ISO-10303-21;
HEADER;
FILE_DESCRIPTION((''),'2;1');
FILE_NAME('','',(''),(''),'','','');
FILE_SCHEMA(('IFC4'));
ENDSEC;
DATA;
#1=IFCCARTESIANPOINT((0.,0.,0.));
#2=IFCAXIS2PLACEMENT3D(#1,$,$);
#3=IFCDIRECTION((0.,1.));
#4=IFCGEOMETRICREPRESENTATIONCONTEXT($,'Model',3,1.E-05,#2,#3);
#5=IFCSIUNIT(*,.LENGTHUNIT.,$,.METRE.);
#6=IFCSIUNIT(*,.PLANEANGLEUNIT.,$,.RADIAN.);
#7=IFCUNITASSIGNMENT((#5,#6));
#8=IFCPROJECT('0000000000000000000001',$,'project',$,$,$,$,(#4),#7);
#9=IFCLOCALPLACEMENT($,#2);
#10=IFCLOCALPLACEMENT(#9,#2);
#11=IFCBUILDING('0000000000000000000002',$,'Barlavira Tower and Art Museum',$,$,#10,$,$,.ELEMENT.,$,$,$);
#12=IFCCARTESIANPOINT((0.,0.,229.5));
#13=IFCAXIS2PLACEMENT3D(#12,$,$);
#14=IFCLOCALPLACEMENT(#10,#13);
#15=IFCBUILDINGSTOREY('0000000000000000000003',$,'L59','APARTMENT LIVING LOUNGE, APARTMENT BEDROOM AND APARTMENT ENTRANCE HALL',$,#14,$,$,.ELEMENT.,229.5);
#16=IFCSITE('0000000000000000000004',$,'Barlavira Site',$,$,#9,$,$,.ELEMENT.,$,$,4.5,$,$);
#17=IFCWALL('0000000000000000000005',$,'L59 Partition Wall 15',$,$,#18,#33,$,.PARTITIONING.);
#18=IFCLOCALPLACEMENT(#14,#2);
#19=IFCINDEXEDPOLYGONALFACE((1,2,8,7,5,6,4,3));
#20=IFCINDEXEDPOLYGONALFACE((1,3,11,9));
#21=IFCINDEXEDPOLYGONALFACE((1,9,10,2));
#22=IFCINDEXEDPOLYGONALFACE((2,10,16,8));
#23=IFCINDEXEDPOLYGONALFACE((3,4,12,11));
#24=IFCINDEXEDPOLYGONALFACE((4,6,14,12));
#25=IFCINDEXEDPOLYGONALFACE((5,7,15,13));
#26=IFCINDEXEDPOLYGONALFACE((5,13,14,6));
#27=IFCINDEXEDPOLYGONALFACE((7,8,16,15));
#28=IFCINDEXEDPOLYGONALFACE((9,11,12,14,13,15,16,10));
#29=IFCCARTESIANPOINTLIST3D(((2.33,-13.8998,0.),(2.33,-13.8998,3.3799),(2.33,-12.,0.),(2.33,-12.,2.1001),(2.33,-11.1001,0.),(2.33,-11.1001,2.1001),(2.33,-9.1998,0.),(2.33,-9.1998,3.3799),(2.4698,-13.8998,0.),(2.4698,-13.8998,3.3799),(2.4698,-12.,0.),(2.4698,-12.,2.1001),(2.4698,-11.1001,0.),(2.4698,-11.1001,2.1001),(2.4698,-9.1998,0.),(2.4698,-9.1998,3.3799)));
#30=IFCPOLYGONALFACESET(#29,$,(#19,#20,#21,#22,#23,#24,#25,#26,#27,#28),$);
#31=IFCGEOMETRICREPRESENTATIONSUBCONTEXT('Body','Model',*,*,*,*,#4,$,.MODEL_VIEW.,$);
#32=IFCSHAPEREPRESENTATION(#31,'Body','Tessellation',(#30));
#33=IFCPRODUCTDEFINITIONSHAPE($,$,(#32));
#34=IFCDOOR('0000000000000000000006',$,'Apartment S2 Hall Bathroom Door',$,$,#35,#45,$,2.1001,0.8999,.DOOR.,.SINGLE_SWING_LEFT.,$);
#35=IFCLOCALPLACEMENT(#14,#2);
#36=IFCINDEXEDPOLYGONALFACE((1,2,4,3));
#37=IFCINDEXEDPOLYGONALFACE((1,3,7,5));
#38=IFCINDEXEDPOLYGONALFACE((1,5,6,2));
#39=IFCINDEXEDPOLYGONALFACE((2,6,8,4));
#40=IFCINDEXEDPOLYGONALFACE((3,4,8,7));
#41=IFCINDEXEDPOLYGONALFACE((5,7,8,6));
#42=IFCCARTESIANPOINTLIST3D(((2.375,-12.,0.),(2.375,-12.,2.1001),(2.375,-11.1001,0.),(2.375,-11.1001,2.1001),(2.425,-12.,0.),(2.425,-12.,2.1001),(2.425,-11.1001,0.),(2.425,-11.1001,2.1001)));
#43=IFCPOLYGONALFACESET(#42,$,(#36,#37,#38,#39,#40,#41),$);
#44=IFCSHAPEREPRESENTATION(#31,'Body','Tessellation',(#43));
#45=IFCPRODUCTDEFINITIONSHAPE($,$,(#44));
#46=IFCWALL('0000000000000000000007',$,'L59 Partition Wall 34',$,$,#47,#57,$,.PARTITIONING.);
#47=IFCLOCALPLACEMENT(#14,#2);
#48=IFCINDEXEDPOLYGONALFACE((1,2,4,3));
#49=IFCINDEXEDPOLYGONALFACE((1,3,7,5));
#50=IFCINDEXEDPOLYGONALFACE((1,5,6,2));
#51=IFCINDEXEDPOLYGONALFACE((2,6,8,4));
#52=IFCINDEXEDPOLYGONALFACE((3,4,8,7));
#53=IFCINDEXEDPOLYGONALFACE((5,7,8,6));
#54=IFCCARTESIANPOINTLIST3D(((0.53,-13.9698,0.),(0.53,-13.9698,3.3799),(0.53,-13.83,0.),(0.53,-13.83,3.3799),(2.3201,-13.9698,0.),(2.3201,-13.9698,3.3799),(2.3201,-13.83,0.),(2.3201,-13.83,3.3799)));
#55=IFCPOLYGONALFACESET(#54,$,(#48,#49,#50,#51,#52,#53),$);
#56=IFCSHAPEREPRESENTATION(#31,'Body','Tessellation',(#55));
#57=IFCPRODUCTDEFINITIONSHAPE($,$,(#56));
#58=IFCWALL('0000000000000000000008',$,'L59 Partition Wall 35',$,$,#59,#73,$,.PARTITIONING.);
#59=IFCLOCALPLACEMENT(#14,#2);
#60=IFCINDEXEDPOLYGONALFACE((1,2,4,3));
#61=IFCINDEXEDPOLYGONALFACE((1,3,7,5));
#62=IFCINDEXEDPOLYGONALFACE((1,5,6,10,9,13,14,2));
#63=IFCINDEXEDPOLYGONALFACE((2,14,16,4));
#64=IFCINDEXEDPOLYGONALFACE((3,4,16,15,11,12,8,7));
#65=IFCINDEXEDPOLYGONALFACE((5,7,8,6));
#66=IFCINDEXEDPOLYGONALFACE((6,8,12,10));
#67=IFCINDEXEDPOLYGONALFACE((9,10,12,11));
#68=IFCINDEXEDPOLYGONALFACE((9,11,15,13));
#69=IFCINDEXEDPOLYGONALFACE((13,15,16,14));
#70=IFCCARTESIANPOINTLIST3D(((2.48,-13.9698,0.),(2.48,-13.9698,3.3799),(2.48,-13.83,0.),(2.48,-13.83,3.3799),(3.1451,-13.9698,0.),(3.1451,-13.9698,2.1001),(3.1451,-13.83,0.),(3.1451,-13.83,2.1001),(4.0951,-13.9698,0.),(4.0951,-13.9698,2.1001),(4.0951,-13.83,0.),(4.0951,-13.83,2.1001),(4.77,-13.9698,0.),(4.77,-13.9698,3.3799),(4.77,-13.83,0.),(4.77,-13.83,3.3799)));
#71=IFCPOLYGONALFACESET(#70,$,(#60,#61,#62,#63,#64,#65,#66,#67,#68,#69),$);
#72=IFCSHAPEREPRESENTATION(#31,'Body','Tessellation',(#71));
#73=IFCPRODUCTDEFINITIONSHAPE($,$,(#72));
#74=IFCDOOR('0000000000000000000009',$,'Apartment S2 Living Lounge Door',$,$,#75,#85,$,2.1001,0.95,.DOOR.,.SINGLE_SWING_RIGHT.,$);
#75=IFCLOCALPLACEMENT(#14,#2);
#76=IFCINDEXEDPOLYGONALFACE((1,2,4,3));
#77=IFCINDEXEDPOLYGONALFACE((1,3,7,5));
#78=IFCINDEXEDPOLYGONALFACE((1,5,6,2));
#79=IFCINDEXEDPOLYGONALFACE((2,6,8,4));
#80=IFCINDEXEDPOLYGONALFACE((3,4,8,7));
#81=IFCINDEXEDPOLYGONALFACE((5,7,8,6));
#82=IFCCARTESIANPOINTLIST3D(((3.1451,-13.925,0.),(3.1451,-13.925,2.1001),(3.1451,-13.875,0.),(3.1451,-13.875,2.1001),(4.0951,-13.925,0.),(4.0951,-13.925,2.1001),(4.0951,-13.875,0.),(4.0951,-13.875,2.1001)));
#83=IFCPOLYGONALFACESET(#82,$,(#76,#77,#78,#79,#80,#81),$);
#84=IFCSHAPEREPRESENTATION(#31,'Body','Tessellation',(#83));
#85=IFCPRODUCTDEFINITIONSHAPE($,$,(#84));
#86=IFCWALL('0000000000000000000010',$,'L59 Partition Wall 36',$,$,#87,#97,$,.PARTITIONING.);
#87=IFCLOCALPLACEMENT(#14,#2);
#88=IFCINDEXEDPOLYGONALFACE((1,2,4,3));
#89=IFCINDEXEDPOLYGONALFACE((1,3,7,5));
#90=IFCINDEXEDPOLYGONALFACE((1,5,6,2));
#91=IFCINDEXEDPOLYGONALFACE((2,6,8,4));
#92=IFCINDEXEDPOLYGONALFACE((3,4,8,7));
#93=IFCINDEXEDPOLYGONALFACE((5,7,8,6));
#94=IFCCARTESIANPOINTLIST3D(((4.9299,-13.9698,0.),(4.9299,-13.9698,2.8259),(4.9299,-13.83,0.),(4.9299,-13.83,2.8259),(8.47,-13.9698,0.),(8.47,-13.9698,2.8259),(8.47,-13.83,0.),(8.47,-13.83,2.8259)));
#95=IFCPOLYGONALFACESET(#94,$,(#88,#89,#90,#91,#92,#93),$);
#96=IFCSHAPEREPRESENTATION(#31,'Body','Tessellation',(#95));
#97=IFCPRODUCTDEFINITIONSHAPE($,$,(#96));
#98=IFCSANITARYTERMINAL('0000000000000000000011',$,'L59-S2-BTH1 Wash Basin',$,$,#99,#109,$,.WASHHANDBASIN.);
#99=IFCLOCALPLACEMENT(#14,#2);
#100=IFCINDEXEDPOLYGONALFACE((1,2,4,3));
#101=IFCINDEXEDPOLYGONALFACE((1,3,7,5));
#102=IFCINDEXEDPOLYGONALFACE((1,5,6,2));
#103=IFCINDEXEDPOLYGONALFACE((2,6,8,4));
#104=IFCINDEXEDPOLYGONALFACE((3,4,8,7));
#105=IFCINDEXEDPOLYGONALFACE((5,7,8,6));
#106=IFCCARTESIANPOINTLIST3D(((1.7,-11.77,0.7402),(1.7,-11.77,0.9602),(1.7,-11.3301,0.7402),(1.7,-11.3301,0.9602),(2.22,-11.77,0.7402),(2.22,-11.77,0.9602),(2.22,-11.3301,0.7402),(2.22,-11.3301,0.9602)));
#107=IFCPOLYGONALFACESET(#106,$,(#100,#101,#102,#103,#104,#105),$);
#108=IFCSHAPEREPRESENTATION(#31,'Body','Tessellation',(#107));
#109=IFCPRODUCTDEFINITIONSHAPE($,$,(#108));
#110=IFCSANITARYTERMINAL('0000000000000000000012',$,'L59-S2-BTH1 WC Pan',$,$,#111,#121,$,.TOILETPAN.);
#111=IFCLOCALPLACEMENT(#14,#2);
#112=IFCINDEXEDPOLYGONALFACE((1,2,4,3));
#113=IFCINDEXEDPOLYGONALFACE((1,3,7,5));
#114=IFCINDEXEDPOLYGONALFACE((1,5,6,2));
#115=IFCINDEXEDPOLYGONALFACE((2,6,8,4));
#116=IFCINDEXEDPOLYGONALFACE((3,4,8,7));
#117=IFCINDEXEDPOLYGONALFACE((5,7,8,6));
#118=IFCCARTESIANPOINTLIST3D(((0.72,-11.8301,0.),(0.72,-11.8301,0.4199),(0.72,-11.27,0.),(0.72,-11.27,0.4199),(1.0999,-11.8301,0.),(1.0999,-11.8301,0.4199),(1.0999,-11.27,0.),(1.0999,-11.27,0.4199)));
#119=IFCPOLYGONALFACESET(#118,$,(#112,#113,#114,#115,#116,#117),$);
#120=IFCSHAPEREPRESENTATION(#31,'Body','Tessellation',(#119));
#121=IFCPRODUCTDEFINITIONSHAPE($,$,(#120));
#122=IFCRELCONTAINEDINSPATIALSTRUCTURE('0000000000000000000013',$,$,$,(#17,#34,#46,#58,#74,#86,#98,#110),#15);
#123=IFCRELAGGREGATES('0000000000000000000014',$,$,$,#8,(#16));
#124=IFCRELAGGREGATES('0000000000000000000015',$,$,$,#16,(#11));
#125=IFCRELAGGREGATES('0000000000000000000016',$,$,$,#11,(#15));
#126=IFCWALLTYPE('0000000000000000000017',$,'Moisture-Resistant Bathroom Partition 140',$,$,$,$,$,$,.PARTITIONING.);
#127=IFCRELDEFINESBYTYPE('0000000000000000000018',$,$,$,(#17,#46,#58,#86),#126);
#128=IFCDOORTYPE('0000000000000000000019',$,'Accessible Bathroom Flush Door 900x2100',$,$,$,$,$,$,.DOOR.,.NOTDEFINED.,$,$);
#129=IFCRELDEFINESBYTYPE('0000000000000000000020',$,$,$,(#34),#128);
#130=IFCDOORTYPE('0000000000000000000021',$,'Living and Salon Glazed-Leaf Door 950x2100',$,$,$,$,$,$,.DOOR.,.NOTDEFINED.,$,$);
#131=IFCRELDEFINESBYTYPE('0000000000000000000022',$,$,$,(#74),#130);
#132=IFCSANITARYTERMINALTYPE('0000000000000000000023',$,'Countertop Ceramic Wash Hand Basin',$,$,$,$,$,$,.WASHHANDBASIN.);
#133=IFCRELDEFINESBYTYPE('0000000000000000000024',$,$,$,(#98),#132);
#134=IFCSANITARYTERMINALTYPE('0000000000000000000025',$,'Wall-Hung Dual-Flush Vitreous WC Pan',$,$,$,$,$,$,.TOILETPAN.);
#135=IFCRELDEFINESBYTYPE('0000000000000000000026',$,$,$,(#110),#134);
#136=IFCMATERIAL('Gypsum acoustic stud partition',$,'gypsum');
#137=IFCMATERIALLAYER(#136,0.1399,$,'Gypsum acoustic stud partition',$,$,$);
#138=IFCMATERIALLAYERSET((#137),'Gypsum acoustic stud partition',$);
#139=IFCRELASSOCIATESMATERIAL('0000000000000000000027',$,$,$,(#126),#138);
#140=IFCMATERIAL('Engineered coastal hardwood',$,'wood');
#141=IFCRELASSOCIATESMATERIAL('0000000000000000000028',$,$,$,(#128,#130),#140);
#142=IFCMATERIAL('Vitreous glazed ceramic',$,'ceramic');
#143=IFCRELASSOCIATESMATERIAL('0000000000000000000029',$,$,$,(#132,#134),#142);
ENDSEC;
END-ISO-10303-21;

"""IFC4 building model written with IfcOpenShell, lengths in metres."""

from ifc_helpers import new_model, si_unit, direction, frame, frame_2d, origin, origin_2d, place, context, subcontext, project, spatial, rectangle, extrude, material, layer, layer_set, type_object, element, fill, save


model = new_model("IFC4")

# Units and contexts
model_context = context("Model", 3, precision=1e-05, world=origin(), true_north=direction((0.0, 1.0)))
body_context = subcontext(model_context, "Body", "Model", "MODEL_VIEW")
ifc_project = project(units=[si_unit("LENGTHUNIT", "METRE"), si_unit("PLANEANGLEUNIT", "RADIAN")], contexts=[model_context])

# Site, building, storey
site_placement = place(None, origin())
site = spatial("IfcSite", under=ifc_project, at=site_placement, Name="Barlavira Site", CompositionType="ELEMENT", RefElevation=4.5)
building_placement = place(site_placement, origin())
building = spatial("IfcBuilding", under=site, at=building_placement, Name="Barlavira Tower and Art Museum", CompositionType="ELEMENT")
storey_placement = place(building_placement, frame((0.0, 0.0, 229.5)))
storey = spatial("IfcBuildingStorey", under=building, at=storey_placement, Name="L59", Description="APARTMENT LIVING LOUNGE, APARTMENT BEDROOM AND APARTMENT ENTRANCE HALL", CompositionType="ELEMENT", Elevation=229.5)

# Shared definitions
ifc_material_1 = material(Name="Gypsum acoustic stud partition", Category="gypsum")
ifc_material_2 = material(Name="Engineered coastal hardwood", Category="wood")

# Wall, opening, door
ifc_layer_1 = layer(ifc_material_1, 0.1399, Name="Gypsum acoustic stud partition")
ifc_layer_set_1 = layer_set([ifc_layer_1], Name="Gypsum acoustic stud partition")
wall_type_1 = type_object("IfcWallType", Name="Moisture-Resistant Bathroom Partition 140", PredefinedType="PARTITIONING", material=ifc_layer_set_1)
wall_1_placement = place(storey_placement, frame((2.3999, -13.8999, 0.0), z_axis=(0.0, 0.0, 1.0), x_axis=(0.0, 1.0, 0.0)))
wall_1 = element("IfcWall", 1, at=wall_1_placement, inside=storey, type_object=wall_type_1, Name="L59 Partition Wall 15", PredefinedType="PARTITIONING", context=body_context, shape_type="SweptSolid", body=[
    extrude(rectangle(XDim=4.7, YDim=0.1399, at=frame_2d((2.3501, 0.0))), origin(), (0.0, 0.0, 1.0), 3.3799),
])
opening_1_placement = place(wall_1_placement, frame((1.8999, 0.0, 0.0)))
opening_1 = element("IfcOpeningElement", 2, at=opening_1_placement, cuts=wall_1, PredefinedType="OPENING", context=body_context, shape_type="SweptSolid", body=[
    extrude(rectangle(XDim=0.8999, YDim=2.1001, at=frame_2d((0.45, 1.05))), frame((0.0, 0.0801, 0.0), z_axis=(0.0, -1.0, 0.0), x_axis=(1.0, 0.0, 0.0)), (0.0, 0.0, 1.0), 0.1599),
])
door_type_1 = type_object("IfcDoorType", Name="Accessible Bathroom Flush Door 900x2100", OperationType="NOTDEFINED", PredefinedType="DOOR", material=ifc_material_2)
door_1_placement = place(opening_1_placement, origin())
door_1 = element("IfcDoor", 3, at=door_1_placement, inside=storey, type_object=door_type_1, Name="Apartment S2 Hall Bathroom Door", OperationType="SINGLE_SWING_LEFT", OverallHeight=2.1001, OverallWidth=0.8999, PredefinedType="DOOR", context=body_context, shape_type="SweptSolid", body=[
    extrude(rectangle(XDim=0.8999, YDim=2.1001, at=frame_2d((0.45, 1.05))), frame((0.0, 0.0249, 0.0), z_axis=(0.0, -1.0, 0.0), x_axis=(1.0, 0.0, 0.0)), (0.0, 0.0, 1.0), 0.05),
])
fill(opening_1, door_1)

# Wall
wall_2_placement = place(storey_placement, frame((0.53, -13.8999, 0.0), z_axis=(0.0, 0.0, 1.0), x_axis=(1.0, 0.0, 0.0)))
element("IfcWall", 4, at=wall_2_placement, inside=storey, type_object=wall_type_1, Name="L59 Partition Wall 34", PredefinedType="PARTITIONING", context=body_context, shape_type="SweptSolid", body=[
    extrude(rectangle(XDim=1.79, YDim=0.1399, at=frame_2d((0.895, 0.0))), origin(), (0.0, 0.0, 1.0), 3.3799),
])

# Wall, opening, door
wall_3_placement = place(storey_placement, frame((2.48, -13.8999, 0.0), z_axis=(0.0, 0.0, 1.0), x_axis=(1.0, 0.0, 0.0)))
wall_3 = element("IfcWall", 5, at=wall_3_placement, inside=storey, type_object=wall_type_1, Name="L59 Partition Wall 35", PredefinedType="PARTITIONING", context=body_context, shape_type="SweptSolid", body=[
    extrude(rectangle(XDim=2.29, YDim=0.1399, at=frame_2d((1.145, 0.0))), origin(), (0.0, 0.0, 1.0), 3.3799),
])
opening_2_placement = place(wall_3_placement, frame((0.665, 0.0, 0.0)))
opening_2 = element("IfcOpeningElement", 6, at=opening_2_placement, cuts=wall_3, PredefinedType="OPENING", context=body_context, shape_type="SweptSolid", body=[
    extrude(rectangle(XDim=0.95, YDim=2.1001, at=frame_2d((0.4751, 1.05))), frame((0.0, 0.0801, 0.0), z_axis=(0.0, -1.0, 0.0), x_axis=(1.0, 0.0, 0.0)), (0.0, 0.0, 1.0), 0.1599),
])
door_type_2 = type_object("IfcDoorType", Name="Living and Salon Glazed-Leaf Door 950x2100", OperationType="NOTDEFINED", PredefinedType="DOOR", material=ifc_material_2)
door_2_placement = place(opening_2_placement, origin())
door_2 = element("IfcDoor", 7, at=door_2_placement, inside=storey, type_object=door_type_2, Name="Apartment S2 Living Lounge Door", OperationType="SINGLE_SWING_RIGHT", OverallHeight=2.1001, OverallWidth=0.95, PredefinedType="DOOR", context=body_context, shape_type="SweptSolid", body=[
    extrude(rectangle(XDim=0.95, YDim=2.1001, at=frame_2d((0.4751, 1.05))), frame((0.0, 0.0249, 0.0), z_axis=(0.0, -1.0, 0.0), x_axis=(1.0, 0.0, 0.0)), (0.0, 0.0, 1.0), 0.05),
])
fill(opening_2, door_2)

# Wall
wall_4_placement = place(storey_placement, frame((4.9299, -13.8999, 0.0), z_axis=(0.0, 0.0, 1.0), x_axis=(1.0, 0.0, 0.0)))
element("IfcWall", 8, at=wall_4_placement, inside=storey, type_object=wall_type_1, Name="L59 Partition Wall 36", PredefinedType="PARTITIONING", context=body_context, shape_type="SweptSolid", body=[
    extrude(rectangle(XDim=3.54, YDim=0.1399, at=frame_2d((1.77, 0.0))), origin(), (0.0, 0.0, 1.0), 2.8259),
])

# Sanitary terminals
ifc_material_3 = material(Name="Vitreous glazed ceramic", Category="ceramic")
sanitary_terminal_type_1 = type_object("IfcSanitaryTerminalType", Name="Countertop Ceramic Wash Hand Basin", PredefinedType="WASHHANDBASIN", material=ifc_material_3)
sanitary_terminal_1_placement = place(storey_placement, frame((1.96, -11.55, 0.7402), z_axis=(0.0, 0.0, 1.0), x_axis=(1.0, 0.0, 0.0)))
element("IfcSanitaryTerminal", 9, at=sanitary_terminal_1_placement, inside=storey, type_object=sanitary_terminal_type_1, Name="L59-S2-BTH1 Wash Basin", PredefinedType="WASHHANDBASIN", context=body_context, shape_type="SweptSolid", body=[
    extrude(rectangle(XDim=0.52, YDim=0.4399, at=origin_2d()), origin(), (0.0, 0.0, 1.0), 0.22),
])
sanitary_terminal_type_2 = type_object("IfcSanitaryTerminalType", Name="Wall-Hung Dual-Flush Vitreous WC Pan", PredefinedType="TOILETPAN", material=ifc_material_3)
sanitary_terminal_2_placement = place(storey_placement, frame((0.9099, -11.55, 0.0), z_axis=(0.0, 0.0, 1.0), x_axis=(1.0, 0.0, 0.0)))
element("IfcSanitaryTerminal", 10, at=sanitary_terminal_2_placement, inside=storey, type_object=sanitary_terminal_type_2, Name="L59-S2-BTH1 WC Pan", PredefinedType="TOILETPAN", context=body_context, shape_type="SweptSolid", body=[
    extrude(rectangle(XDim=0.3799, YDim=0.5601, at=origin_2d()), origin(), (0.0, 0.0, 1.0), 0.4199),
])

save(model, "model.ifc")
